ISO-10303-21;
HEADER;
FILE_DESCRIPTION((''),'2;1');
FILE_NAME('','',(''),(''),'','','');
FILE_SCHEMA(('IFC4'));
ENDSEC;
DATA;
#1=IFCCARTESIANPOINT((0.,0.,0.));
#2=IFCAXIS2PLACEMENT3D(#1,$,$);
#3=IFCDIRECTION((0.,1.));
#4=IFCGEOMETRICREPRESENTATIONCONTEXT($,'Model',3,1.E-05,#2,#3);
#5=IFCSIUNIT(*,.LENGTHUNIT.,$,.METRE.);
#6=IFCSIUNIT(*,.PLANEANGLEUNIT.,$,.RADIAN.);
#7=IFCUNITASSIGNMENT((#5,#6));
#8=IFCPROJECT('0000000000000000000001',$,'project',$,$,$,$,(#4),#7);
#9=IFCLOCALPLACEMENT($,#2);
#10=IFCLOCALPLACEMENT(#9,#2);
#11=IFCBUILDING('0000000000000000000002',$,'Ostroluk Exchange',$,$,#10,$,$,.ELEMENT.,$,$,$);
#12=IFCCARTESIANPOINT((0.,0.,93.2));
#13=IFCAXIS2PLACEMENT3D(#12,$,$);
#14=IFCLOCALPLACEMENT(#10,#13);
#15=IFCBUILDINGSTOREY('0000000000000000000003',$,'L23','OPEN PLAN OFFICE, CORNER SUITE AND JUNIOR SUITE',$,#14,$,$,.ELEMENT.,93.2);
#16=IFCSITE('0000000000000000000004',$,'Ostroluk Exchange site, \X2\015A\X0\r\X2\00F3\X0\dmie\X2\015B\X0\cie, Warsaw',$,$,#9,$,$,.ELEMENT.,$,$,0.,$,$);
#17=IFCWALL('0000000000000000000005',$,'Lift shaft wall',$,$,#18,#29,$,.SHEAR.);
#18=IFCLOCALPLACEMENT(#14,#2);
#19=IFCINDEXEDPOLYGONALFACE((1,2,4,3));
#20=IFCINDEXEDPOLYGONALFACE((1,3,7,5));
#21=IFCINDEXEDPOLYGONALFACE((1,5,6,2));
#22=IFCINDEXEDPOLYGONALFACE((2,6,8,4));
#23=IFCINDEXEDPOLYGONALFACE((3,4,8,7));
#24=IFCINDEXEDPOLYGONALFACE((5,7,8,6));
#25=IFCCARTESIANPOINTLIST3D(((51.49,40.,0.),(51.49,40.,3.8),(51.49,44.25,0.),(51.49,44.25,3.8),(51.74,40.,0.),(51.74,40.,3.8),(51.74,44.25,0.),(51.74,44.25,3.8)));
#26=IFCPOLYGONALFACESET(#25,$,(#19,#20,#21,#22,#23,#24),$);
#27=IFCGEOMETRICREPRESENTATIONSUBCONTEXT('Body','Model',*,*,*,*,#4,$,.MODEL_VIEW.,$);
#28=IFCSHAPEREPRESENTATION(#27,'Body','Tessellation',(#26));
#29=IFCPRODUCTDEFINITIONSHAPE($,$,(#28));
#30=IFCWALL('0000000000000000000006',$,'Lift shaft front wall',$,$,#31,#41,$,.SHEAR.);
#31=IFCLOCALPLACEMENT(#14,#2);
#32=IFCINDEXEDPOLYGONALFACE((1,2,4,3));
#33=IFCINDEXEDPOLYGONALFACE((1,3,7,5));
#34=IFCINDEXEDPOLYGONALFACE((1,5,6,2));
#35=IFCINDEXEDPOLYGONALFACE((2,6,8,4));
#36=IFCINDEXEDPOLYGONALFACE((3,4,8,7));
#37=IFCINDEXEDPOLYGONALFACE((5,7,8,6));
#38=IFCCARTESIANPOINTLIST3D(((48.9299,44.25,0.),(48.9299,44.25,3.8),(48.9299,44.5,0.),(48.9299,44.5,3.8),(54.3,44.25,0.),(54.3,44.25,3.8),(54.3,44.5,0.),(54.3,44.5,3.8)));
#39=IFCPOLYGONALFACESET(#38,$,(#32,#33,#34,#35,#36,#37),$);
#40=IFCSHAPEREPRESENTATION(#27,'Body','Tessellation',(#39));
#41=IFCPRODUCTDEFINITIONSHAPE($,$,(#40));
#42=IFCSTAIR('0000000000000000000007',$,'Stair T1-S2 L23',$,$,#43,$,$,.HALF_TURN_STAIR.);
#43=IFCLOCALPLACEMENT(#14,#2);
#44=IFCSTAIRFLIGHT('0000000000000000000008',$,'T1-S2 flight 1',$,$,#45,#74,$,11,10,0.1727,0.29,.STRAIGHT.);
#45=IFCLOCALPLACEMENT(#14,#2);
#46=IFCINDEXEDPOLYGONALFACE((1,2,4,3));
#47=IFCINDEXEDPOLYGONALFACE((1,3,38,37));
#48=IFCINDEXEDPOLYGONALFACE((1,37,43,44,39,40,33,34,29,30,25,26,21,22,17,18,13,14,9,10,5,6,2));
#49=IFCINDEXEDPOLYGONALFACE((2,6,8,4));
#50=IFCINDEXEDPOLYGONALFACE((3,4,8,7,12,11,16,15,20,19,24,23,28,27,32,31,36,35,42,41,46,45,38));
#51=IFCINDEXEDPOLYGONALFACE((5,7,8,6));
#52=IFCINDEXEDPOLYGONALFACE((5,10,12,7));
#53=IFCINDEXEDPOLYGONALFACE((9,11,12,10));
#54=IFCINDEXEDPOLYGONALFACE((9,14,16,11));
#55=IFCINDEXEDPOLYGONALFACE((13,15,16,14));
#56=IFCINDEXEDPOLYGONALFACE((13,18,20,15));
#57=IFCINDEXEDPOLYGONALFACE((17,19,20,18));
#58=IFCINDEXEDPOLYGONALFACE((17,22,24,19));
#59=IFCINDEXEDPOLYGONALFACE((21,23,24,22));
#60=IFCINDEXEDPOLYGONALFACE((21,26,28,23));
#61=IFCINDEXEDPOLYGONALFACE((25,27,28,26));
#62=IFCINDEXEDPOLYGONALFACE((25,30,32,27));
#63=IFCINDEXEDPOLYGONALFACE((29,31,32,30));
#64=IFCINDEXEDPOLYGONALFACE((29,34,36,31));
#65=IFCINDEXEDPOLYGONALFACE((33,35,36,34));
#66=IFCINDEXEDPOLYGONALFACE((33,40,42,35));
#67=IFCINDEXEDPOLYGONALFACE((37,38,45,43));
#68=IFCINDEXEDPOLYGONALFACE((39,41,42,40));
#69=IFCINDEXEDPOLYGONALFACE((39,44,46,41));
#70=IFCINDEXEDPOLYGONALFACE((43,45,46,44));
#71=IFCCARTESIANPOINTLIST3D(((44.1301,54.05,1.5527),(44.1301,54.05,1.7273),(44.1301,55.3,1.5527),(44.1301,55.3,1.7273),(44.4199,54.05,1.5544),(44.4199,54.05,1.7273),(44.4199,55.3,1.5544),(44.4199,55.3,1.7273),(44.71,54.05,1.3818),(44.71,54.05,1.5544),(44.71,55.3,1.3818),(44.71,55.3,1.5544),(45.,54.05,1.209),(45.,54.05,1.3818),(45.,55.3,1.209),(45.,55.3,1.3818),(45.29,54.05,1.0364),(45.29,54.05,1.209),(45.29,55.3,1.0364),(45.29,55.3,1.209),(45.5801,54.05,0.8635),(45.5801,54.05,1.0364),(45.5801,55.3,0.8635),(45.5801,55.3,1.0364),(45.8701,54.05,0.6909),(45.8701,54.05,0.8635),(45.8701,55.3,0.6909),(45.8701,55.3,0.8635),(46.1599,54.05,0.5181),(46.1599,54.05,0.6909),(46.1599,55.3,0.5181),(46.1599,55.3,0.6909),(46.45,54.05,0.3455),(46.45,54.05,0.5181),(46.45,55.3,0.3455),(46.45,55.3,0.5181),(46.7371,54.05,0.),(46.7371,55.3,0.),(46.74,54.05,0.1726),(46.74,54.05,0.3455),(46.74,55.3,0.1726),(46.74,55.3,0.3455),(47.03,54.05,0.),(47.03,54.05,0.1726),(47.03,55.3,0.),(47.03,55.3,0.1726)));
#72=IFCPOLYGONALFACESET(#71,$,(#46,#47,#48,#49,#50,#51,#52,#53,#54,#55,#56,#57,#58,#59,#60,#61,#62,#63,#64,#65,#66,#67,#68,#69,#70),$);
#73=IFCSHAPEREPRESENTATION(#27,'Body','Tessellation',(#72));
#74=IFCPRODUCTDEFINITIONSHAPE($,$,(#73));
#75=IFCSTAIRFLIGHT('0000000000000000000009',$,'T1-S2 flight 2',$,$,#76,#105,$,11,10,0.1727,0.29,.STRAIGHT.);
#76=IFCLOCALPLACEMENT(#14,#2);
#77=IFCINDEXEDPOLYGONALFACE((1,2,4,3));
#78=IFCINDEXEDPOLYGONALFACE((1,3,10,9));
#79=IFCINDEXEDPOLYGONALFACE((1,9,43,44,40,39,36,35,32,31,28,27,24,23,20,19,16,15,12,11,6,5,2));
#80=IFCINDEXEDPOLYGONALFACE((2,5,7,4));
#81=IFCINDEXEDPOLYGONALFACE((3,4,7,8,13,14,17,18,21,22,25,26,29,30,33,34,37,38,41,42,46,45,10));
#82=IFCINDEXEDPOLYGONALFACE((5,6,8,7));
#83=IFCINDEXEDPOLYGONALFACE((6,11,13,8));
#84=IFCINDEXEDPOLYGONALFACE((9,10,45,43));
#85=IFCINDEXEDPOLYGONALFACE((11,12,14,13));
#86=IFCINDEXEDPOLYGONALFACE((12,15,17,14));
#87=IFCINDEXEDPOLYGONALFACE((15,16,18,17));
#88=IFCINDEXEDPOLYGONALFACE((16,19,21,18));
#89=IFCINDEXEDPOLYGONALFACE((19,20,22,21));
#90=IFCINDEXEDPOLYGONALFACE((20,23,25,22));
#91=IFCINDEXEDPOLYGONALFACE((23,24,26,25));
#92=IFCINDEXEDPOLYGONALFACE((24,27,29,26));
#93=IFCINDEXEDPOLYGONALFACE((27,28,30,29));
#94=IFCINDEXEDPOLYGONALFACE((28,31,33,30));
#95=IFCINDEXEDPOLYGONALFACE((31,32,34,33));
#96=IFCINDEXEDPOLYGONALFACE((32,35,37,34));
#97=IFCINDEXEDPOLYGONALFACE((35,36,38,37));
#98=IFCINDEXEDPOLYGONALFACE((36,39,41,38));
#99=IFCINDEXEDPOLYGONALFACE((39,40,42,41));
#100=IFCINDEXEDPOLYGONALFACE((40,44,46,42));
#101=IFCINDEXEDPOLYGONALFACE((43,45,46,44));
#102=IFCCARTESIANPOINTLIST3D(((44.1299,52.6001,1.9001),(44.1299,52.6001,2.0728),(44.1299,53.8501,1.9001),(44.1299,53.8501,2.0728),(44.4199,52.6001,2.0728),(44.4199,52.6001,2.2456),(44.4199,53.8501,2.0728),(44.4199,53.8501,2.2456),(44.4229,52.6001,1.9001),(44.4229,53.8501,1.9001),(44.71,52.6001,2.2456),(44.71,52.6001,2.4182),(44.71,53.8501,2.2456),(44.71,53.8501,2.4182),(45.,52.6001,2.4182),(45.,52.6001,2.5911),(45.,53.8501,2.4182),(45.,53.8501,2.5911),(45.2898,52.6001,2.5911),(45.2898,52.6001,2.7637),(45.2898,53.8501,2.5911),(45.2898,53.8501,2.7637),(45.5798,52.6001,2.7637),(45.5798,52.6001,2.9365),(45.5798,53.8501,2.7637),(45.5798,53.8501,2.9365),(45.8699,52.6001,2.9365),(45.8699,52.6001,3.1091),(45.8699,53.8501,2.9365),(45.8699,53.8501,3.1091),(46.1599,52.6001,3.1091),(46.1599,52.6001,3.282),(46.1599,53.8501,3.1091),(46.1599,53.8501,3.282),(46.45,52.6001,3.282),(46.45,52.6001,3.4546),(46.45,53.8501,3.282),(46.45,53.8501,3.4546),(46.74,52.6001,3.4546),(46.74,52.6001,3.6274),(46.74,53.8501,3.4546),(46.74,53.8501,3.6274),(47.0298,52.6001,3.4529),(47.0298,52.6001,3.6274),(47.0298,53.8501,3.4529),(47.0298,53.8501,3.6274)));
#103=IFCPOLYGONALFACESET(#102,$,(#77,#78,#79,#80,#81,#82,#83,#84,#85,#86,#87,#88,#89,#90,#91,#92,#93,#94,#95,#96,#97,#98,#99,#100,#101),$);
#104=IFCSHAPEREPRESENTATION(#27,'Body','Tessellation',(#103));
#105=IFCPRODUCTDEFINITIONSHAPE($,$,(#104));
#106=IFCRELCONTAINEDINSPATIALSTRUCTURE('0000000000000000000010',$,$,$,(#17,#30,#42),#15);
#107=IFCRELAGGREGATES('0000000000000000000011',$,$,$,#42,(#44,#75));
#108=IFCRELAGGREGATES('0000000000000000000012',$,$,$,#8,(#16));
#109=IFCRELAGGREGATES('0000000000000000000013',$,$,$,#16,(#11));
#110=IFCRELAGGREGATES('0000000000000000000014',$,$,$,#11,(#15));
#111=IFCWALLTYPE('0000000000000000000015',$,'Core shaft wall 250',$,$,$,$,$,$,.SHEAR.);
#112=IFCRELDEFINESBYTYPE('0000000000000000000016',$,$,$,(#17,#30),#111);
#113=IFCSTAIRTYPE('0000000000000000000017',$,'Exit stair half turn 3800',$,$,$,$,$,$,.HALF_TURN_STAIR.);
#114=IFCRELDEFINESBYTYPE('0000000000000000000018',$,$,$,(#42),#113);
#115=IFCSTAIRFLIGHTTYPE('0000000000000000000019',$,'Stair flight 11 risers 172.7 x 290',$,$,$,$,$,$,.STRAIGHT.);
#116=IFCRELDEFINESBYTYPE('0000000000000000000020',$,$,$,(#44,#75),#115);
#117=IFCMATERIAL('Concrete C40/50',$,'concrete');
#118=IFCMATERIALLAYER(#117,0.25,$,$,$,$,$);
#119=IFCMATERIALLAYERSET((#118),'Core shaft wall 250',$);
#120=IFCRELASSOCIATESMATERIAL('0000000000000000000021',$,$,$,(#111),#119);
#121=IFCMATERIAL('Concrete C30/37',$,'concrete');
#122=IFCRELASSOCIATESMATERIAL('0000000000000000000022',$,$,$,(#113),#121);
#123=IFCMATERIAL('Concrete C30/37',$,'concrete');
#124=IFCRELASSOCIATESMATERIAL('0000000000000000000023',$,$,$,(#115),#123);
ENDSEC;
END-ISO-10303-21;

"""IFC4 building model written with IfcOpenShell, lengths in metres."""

from ifc_helpers import new_model, si_unit, direction, frame, frame_2d, origin, place, context, subcontext, project, spatial, polyline, rectangle, outline, extrude, material, layer, layer_set, type_object, element, aggregate, save


model = new_model("IFC4")

# Units and contexts
model_context = context("Model", 3, precision=1e-05, world=origin(), true_north=direction((0.0, 1.0)))
body_context = subcontext(model_context, "Body", "Model", "MODEL_VIEW")
ifc_project = project(units=[si_unit("LENGTHUNIT", "METRE"), si_unit("PLANEANGLEUNIT", "RADIAN")], contexts=[model_context])

# Site, building, storey
site_placement = place(None, origin())
site = spatial("IfcSite", under=ifc_project, at=site_placement, Name="Ostroluk Exchange site, Śródmieście, Warsaw", CompositionType="ELEMENT", RefElevation=0.0)
building_placement = place(site_placement, origin())
building = spatial("IfcBuilding", under=site, at=building_placement, Name="Ostroluk Exchange", CompositionType="ELEMENT")
storey_placement = place(building_placement, frame((0.0, 0.0, 93.2)))
storey = spatial("IfcBuildingStorey", under=building, at=storey_placement, Name="L23", Description="OPEN PLAN OFFICE, CORNER SUITE AND JUNIOR SUITE", CompositionType="ELEMENT", Elevation=93.2)

# Shared definitions
ifc_material_1 = material(Name="Concrete C40/50", Category="concrete")
ifc_layer_1 = layer(ifc_material_1, 0.25)
ifc_layer_set_1 = layer_set([ifc_layer_1], Name="Core shaft wall 250")
wall_type_1 = type_object("IfcWallType", Name="Core shaft wall 250", PredefinedType="SHEAR", material=ifc_layer_set_1)

# Walls
wall_1_placement = place(storey_placement, frame((51.615, 44.25, 0.0), z_axis=(0.0, 0.0, 1.0), x_axis=(0.0, -1.0, 0.0)))
element("IfcWall", 1, at=wall_1_placement, inside=storey, type_object=wall_type_1, Name="Lift shaft wall", PredefinedType="SHEAR", context=body_context, shape_type="SweptSolid", body=[
    extrude(rectangle(XDim=4.25, YDim=0.25, at=frame_2d((2.125, 0.0))), origin(), (0.0, 0.0, 1.0), 3.8),
])
wall_2_placement = place(storey_placement, frame((48.9299, 44.375, 0.0), z_axis=(0.0, 0.0, 1.0), x_axis=(1.0, 0.0, 0.0)))
element("IfcWall", 2, at=wall_2_placement, inside=storey, type_object=wall_type_1, Name="Lift shaft front wall", PredefinedType="SHEAR", context=body_context, shape_type="SweptSolid", body=[
    extrude(rectangle(XDim=5.3701, YDim=0.25, at=frame_2d((2.6851, 0.0))), origin(), (0.0, 0.0, 1.0), 3.8),
])

# Stair, stair flights
ifc_material_2 = material(Name="Concrete C30/37", Category="concrete")
stair_type = type_object("IfcStairType", Name="Exit stair half turn 3800", PredefinedType="HALF_TURN_STAIR", material=ifc_material_2)
stair_placement = place(storey_placement, origin())
stair = element("IfcStair", 3, at=stair_placement, inside=storey, type_object=stair_type, Name="Stair T1-S2 L23", PredefinedType="HALF_TURN_STAIR")
ifc_material_3 = material(Name="Concrete C30/37", Category="concrete")
stair_flight_type = type_object("IfcStairFlightType", Name="Stair flight 11 risers 172.7 x 290", PredefinedType="STRAIGHT", material=ifc_material_3)
stair_flight_1_placement = place(storey_placement, frame((47.03, 54.675, 0.0), z_axis=(0.0, 0.0, 1.0), x_axis=(-1.0, 0.0, 0.0)))
stair_flight_1 = element("IfcStairFlight", 4, at=stair_flight_1_placement, type_object=stair_flight_type, Name="T1-S2 flight 1", NumberOfRisers=11, NumberOfTreads=10, PredefinedType="STRAIGHT", RiserHeight=0.1727, TreadLength=0.29, context=body_context, shape_type="SweptSolid", body=[
    extrude(outline(polyline([(0.0, 0.0), (0.0, 0.1726), (0.29, 0.1726), (0.29, 0.3455), (0.5801, 0.3455), (0.5801, 0.5181), (0.8701, 0.5181), (0.8701, 0.6909), (1.1599, 0.6909), (1.1599, 0.8635), (1.45, 0.8635), (1.45, 1.0364), (1.74, 1.0364), (1.74, 1.209), (2.03, 1.209), (2.03, 1.3818), (2.3201, 1.3818), (2.3201, 1.5544), (2.6101, 1.5544), (2.6101, 1.7273), (2.8999, 1.7273), (2.8999, 1.8999), (2.8999, 1.5527), (0.293, 0.0), (0.0, 0.0)])), frame((0.0, 0.625, 0.0), z_axis=(0.0, -1.0, 0.0), x_axis=(1.0, 0.0, 0.0)), (0.0, 0.0, 1.0), 1.25),
])
stair_flight_2_placement = place(storey_placement, frame((44.1299, 53.2251, 1.9001), z_axis=(0.0, 0.0, 1.0), x_axis=(1.0, 0.0, 0.0)))
stair_flight_2 = element("IfcStairFlight", 5, at=stair_flight_2_placement, type_object=stair_flight_type, Name="T1-S2 flight 2", NumberOfRisers=11, NumberOfTreads=10, PredefinedType="STRAIGHT", RiserHeight=0.1727, TreadLength=0.29, context=body_context, shape_type="SweptSolid", body=[
    extrude(outline(polyline([(0.0, 0.0), (0.0, 0.1726), (0.29, 0.1726), (0.29, 0.3455), (0.5801, 0.3455), (0.5801, 0.5181), (0.8701, 0.5181), (0.8701, 0.6909), (1.1599, 0.6909), (1.1599, 0.8635), (1.45, 0.8635), (1.45, 1.0364), (1.74, 1.0364), (1.74, 1.209), (2.03, 1.209), (2.03, 1.3818), (2.3201, 1.3818), (2.3201, 1.5544), (2.6101, 1.5544), (2.6101, 1.7273), (2.8999, 1.7273), (2.8999, 1.8999), (2.8999, 1.5527), (0.293, 0.0), (0.0, 0.0)])), frame((0.0, 0.625, 0.0), z_axis=(0.0, -1.0, 0.0), x_axis=(1.0, 0.0, 0.0)), (0.0, 0.0, 1.0), 1.25),
])
aggregate(stair, [stair_flight_1, stair_flight_2])

save(model, "model.ifc")
